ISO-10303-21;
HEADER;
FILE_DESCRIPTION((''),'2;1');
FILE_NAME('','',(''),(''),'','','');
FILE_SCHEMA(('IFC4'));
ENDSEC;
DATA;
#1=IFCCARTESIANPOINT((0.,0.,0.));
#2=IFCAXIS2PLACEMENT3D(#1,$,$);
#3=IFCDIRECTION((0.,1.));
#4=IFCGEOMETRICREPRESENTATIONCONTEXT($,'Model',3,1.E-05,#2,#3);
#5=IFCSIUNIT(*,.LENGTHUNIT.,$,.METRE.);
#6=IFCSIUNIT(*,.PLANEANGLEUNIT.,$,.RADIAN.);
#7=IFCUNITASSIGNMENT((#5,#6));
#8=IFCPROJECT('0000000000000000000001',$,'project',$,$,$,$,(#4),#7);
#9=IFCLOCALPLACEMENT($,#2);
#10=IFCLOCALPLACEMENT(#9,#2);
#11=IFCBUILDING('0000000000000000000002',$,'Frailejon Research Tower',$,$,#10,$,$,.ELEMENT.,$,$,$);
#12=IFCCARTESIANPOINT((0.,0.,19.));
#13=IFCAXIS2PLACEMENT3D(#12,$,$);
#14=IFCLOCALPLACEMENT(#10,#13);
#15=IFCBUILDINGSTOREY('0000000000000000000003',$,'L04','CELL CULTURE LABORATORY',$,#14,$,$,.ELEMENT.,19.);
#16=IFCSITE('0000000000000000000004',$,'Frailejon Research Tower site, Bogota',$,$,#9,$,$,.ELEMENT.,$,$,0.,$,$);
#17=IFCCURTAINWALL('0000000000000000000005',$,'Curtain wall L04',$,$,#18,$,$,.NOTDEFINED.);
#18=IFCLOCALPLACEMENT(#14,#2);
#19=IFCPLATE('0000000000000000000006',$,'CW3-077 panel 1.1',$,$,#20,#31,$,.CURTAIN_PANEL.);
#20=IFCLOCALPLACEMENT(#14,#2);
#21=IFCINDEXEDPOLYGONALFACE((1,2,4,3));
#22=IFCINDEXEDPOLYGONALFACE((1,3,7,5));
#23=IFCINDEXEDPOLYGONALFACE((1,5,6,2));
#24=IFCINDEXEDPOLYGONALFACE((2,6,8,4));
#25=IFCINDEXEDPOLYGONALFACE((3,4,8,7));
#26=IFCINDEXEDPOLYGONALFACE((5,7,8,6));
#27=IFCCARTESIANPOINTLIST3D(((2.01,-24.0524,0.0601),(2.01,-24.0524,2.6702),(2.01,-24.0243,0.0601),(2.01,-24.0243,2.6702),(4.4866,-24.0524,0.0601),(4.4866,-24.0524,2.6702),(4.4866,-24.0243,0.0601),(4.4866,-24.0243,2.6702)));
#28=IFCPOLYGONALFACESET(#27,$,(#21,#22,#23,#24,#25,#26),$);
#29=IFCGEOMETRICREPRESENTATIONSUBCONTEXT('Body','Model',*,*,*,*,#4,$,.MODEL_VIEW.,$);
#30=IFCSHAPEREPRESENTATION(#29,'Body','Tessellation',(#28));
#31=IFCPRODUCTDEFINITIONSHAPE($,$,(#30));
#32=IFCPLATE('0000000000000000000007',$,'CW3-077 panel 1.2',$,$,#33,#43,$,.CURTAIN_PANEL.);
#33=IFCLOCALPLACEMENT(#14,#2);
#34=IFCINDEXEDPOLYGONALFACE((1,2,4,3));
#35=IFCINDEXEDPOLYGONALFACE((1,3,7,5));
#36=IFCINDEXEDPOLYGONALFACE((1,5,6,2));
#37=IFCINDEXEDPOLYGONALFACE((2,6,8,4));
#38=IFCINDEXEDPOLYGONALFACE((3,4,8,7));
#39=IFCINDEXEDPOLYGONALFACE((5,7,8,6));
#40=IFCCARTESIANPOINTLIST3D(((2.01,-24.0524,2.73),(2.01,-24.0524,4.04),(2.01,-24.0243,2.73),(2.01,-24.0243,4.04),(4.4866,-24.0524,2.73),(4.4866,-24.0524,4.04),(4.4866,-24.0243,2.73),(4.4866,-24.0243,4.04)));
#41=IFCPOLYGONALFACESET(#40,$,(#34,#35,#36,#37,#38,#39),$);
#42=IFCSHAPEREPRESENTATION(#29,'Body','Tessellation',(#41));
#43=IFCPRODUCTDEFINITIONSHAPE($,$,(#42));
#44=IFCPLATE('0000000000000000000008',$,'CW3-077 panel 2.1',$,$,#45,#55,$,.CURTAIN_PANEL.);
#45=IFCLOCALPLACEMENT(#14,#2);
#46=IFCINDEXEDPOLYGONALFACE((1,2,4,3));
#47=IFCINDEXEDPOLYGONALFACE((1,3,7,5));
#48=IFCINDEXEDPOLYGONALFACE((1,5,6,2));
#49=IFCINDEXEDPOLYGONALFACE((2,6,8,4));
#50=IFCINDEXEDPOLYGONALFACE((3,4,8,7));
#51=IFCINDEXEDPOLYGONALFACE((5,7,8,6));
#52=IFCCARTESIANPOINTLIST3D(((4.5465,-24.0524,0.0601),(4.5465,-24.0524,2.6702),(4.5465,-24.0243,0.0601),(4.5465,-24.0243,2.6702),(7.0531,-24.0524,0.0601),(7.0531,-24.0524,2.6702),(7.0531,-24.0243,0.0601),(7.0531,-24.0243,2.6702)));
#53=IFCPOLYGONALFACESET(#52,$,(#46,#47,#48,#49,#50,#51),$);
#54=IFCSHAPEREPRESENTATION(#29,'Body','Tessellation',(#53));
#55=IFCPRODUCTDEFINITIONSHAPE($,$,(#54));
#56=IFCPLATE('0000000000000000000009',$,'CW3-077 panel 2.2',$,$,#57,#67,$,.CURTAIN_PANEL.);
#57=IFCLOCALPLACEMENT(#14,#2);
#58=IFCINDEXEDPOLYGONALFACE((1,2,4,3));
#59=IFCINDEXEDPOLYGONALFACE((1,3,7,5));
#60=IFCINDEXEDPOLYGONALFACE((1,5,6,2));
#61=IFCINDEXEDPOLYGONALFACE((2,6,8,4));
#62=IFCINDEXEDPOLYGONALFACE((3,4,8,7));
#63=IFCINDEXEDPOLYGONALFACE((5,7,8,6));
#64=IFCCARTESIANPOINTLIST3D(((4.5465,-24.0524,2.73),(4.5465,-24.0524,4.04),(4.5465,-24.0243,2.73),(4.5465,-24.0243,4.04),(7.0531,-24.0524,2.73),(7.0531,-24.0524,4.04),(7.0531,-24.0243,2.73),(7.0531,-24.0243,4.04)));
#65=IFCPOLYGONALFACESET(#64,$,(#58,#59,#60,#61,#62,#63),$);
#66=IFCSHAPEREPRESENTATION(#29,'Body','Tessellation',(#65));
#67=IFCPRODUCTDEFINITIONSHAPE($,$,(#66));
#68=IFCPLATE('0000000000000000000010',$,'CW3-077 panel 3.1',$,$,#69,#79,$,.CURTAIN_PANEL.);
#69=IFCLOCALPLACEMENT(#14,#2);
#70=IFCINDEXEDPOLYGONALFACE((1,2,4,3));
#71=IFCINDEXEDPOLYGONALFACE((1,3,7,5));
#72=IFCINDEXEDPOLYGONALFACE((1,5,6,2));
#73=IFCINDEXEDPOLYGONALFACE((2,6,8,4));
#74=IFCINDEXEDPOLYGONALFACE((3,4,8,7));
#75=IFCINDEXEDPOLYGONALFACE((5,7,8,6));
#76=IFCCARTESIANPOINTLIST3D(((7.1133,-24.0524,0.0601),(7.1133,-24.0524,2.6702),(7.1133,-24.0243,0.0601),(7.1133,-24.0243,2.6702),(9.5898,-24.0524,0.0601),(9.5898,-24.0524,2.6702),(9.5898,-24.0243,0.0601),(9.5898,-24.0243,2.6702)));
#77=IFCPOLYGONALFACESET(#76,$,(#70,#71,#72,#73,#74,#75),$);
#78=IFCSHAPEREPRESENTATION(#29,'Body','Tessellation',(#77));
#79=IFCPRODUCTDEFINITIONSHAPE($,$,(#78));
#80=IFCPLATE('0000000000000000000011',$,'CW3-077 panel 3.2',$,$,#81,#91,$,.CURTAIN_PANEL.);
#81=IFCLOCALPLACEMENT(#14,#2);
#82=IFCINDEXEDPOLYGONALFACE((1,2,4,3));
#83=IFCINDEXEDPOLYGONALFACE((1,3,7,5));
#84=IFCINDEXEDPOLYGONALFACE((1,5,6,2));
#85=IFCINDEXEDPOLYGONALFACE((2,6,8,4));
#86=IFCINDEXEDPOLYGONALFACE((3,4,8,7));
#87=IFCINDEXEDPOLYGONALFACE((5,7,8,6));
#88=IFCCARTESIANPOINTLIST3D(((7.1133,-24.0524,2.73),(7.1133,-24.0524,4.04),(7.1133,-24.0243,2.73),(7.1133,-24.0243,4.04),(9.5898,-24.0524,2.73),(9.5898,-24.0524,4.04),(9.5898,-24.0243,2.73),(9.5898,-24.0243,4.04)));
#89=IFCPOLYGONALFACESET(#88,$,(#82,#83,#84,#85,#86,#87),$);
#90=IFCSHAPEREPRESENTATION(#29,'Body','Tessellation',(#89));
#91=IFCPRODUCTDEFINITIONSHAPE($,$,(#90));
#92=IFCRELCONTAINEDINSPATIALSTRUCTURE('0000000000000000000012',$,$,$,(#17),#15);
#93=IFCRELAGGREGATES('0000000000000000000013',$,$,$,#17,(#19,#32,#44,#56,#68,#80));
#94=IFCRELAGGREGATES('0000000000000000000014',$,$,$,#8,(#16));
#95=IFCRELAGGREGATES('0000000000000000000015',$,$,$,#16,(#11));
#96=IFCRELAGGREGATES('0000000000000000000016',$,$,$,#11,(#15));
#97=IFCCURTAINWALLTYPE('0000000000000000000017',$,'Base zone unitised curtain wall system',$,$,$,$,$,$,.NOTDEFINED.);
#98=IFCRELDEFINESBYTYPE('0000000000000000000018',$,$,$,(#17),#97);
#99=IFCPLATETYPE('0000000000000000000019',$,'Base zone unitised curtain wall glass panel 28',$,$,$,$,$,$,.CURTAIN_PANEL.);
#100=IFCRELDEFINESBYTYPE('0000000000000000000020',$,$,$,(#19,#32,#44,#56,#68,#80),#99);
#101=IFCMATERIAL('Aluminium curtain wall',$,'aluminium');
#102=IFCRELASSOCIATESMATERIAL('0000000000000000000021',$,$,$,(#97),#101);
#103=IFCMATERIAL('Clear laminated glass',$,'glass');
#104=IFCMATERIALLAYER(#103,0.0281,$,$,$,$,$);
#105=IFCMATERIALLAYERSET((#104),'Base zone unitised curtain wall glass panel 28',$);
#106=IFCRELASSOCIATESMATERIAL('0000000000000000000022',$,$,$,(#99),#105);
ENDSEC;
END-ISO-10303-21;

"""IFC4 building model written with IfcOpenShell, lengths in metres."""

from ifc_helpers import new_model, si_unit, direction, frame, origin, origin_2d, place, context, subcontext, project, spatial, rectangle, extrude, material, layer, layer_set, type_object, element, aggregate, save


model = new_model("IFC4")

# Units and contexts
model_context = context("Model", 3, precision=1e-05, world=origin(), true_north=direction((0.0, 1.0)))
body_context = subcontext(model_context, "Body", "Model", "MODEL_VIEW")
ifc_project = project(units=[si_unit("LENGTHUNIT", "METRE"), si_unit("PLANEANGLEUNIT", "RADIAN")], contexts=[model_context])

# Site, building, storey
site_placement = place(None, origin())
site = spatial("IfcSite", under=ifc_project, at=site_placement, Name="Frailejon Research Tower site, Bogota", CompositionType="ELEMENT", RefElevation=0.0)
building_placement = place(site_placement, origin())
building = spatial("IfcBuilding", under=site, at=building_placement, Name="Frailejon Research Tower", CompositionType="ELEMENT")
storey_placement = place(building_placement, frame((0.0, 0.0, 19.0)))
storey = spatial("IfcBuildingStorey", under=building, at=storey_placement, Name="L04", Description="CELL CULTURE LABORATORY", CompositionType="ELEMENT", Elevation=19.0)

# Curtain wall
ifc_material_1 = material(Name="Aluminium curtain wall", Category="aluminium")
curtain_wall_type = type_object("IfcCurtainWallType", Name="Base zone unitised curtain wall system", PredefinedType="NOTDEFINED", material=ifc_material_1)
curtain_wall_1_placement = place(storey_placement, origin())
curtain_wall_1 = element("IfcCurtainWall", 1, at=curtain_wall_1_placement, inside=storey, type_object=curtain_wall_type, Name="Curtain wall L04", PredefinedType="NOTDEFINED")

# Plates
ifc_material_2 = material(Name="Clear laminated glass", Category="glass")
ifc_layer_1 = layer(ifc_material_2, 0.0281)
ifc_layer_set_1 = layer_set([ifc_layer_1], Name="Base zone unitised curtain wall glass panel 28")
plate_type = type_object("IfcPlateType", Name="Base zone unitised curtain wall glass panel 28", PredefinedType="CURTAIN_PANEL", material=ifc_layer_set_1)
plate_1_placement = place(storey_placement, frame((3.2483, -24.0383, 0.0601), z_axis=(0.0, 0.0, 1.0), x_axis=(1.0, 0.0, 0.0)))
plate_1 = element("IfcPlate", 2, at=plate_1_placement, type_object=plate_type, Name="CW3-077 panel 1.1", PredefinedType="CURTAIN_PANEL", context=body_context, shape_type="SweptSolid", body=[
    extrude(rectangle(XDim=2.4766, YDim=0.0281, at=origin_2d()), origin(), (0.0, 0.0, 1.0), 2.6101),
])
plate_2_placement = place(storey_placement, frame((3.2483, -24.0383, 2.73), z_axis=(0.0, 0.0, 1.0), x_axis=(1.0, 0.0, 0.0)))
plate_2 = element("IfcPlate", 3, at=plate_2_placement, type_object=plate_type, Name="CW3-077 panel 1.2", PredefinedType="CURTAIN_PANEL", context=body_context, shape_type="SweptSolid", body=[
    extrude(rectangle(XDim=2.4766, YDim=0.0281, at=origin_2d()), origin(), (0.0, 0.0, 1.0), 1.3101),
])
plate_3_placement = place(storey_placement, frame((5.7998, -24.0383, 0.0601), z_axis=(0.0, 0.0, 1.0), x_axis=(1.0, 0.0, 0.0)))
plate_3 = element("IfcPlate", 4, at=plate_3_placement, type_object=plate_type, Name="CW3-077 panel 2.1", PredefinedType="CURTAIN_PANEL", context=body_context, shape_type="SweptSolid", body=[
    extrude(rectangle(XDim=2.5066, YDim=0.0281, at=origin_2d()), origin(), (0.0, 0.0, 1.0), 2.6101),
])
plate_4_placement = place(storey_placement, frame((5.7998, -24.0383, 2.73), z_axis=(0.0, 0.0, 1.0), x_axis=(1.0, 0.0, 0.0)))
plate_4 = element("IfcPlate", 5, at=plate_4_placement, type_object=plate_type, Name="CW3-077 panel 2.2", PredefinedType="CURTAIN_PANEL", context=body_context, shape_type="SweptSolid", body=[
    extrude(rectangle(XDim=2.5066, YDim=0.0281, at=origin_2d()), origin(), (0.0, 0.0, 1.0), 1.3101),
])
plate_5_placement = place(storey_placement, frame((8.3516, -24.0383, 0.0601), z_axis=(0.0, 0.0, 1.0), x_axis=(1.0, 0.0, 0.0)))
plate_5 = element("IfcPlate", 6, at=plate_5_placement, type_object=plate_type, Name="CW3-077 panel 3.1", PredefinedType="CURTAIN_PANEL", context=body_context, shape_type="SweptSolid", body=[
    extrude(rectangle(XDim=2.4766, YDim=0.0281, at=origin_2d()), origin(), (0.0, 0.0, 1.0), 2.6101),
])
plate_6_placement = place(storey_placement, frame((8.3516, -24.0383, 2.73), z_axis=(0.0, 0.0, 1.0), x_axis=(1.0, 0.0, 0.0)))
plate_6 = element("IfcPlate", 7, at=plate_6_placement, type_object=plate_type, Name="CW3-077 panel 3.2", PredefinedType="CURTAIN_PANEL", context=body_context, shape_type="SweptSolid", body=[
    extrude(rectangle(XDim=2.4766, YDim=0.0281, at=origin_2d()), origin(), (0.0, 0.0, 1.0), 1.3101),
])
aggregate(curtain_wall_1, [plate_1, plate_2, plate_3, plate_4, plate_5, plate_6])

save(model, "model.ifc")
